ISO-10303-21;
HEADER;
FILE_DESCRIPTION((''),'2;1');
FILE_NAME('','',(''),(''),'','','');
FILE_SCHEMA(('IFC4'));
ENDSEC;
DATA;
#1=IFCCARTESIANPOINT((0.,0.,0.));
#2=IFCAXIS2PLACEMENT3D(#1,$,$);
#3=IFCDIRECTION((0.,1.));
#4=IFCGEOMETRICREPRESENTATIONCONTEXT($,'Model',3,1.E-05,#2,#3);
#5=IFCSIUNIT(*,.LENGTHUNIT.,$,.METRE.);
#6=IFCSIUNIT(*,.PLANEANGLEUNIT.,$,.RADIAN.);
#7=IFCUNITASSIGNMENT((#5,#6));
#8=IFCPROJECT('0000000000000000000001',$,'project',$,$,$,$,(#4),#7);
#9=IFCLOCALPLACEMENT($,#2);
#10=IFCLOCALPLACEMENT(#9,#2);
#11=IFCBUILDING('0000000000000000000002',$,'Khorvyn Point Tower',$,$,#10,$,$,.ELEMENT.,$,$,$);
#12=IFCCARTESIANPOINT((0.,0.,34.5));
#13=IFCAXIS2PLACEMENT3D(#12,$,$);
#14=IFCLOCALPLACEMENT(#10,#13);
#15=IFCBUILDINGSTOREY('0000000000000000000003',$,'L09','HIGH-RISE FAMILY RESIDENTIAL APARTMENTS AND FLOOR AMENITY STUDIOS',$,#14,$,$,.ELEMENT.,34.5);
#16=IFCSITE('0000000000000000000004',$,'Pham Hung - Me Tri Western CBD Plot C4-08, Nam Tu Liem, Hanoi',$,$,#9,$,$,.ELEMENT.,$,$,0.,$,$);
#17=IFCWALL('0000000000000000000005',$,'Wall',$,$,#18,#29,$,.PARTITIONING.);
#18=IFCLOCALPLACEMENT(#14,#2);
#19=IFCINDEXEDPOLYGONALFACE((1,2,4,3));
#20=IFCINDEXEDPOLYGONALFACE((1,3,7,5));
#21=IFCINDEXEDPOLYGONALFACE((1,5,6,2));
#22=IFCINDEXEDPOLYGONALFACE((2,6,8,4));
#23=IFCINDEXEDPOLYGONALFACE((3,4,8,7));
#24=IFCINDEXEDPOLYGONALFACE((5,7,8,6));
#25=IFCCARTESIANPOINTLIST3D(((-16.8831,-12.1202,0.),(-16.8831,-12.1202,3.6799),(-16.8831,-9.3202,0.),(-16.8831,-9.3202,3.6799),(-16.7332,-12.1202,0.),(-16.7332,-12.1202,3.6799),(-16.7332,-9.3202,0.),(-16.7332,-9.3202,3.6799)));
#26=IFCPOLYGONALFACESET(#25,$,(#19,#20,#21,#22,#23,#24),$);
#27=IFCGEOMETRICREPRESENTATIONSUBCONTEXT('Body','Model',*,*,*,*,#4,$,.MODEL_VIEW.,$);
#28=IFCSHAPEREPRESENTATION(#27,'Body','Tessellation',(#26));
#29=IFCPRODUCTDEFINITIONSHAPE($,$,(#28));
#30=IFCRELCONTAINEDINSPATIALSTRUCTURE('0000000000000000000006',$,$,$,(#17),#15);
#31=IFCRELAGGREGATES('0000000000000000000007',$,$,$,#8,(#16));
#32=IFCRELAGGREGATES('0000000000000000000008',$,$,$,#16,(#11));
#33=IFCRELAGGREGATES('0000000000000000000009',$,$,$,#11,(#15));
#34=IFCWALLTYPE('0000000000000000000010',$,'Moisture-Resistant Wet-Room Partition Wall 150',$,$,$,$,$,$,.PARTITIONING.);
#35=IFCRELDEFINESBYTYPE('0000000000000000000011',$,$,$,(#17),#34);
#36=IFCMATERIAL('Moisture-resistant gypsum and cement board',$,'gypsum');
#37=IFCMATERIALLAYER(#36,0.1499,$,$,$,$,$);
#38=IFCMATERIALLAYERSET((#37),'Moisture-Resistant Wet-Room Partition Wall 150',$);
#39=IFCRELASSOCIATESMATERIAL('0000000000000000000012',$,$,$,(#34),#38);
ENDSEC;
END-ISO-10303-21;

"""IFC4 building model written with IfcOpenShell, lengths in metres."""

from ifc_helpers import new_model, si_unit, direction, frame, frame_2d, origin, place, context, subcontext, project, spatial, rectangle, extrude, material, layer, layer_set, type_object, element, save


model = new_model("IFC4")

# Units and contexts
model_context = context("Model", 3, precision=1e-05, world=origin(), true_north=direction((0.0, 1.0)))
body_context = subcontext(model_context, "Body", "Model", "MODEL_VIEW")
ifc_project = project(units=[si_unit("LENGTHUNIT", "METRE"), si_unit("PLANEANGLEUNIT", "RADIAN")], contexts=[model_context])

# Site, building, storey
site_placement = place(None, origin())
site = spatial("IfcSite", under=ifc_project, at=site_placement, Name="Pham Hung - Me Tri Western CBD Plot C4-08, Nam Tu Liem, Hanoi", CompositionType="ELEMENT", RefElevation=0.0)
building_placement = place(site_placement, origin())
building = spatial("IfcBuilding", under=site, at=building_placement, Name="Khorvyn Point Tower", CompositionType="ELEMENT")
storey_placement = place(building_placement, frame((0.0, 0.0, 34.5)))
storey = spatial("IfcBuildingStorey", under=building, at=storey_placement, Name="L09", Description="HIGH-RISE FAMILY RESIDENTIAL APARTMENTS AND FLOOR AMENITY STUDIOS", CompositionType="ELEMENT", Elevation=34.5)

# Shared definitions
ifc_material_1 = material(Name="Moisture-resistant gypsum and cement board", Category="gypsum")
ifc_layer_1 = layer(ifc_material_1, 0.1499)
ifc_layer_set_1 = layer_set([ifc_layer_1], Name="Moisture-Resistant Wet-Room Partition Wall 150")
wall_type_1 = type_object("IfcWallType", Name="Moisture-Resistant Wet-Room Partition Wall 150", PredefinedType="PARTITIONING", material=ifc_layer_set_1)

# Wall
wall_1_placement = place(storey_placement, frame((-16.8081, -12.1201, 0.0), z_axis=(0.0, 0.0, 1.0), x_axis=(0.0, 1.0, 0.0)))
element("IfcWall", 1, at=wall_1_placement, inside=storey, type_object=wall_type_1, Name="Wall", PredefinedType="PARTITIONING", context=body_context, shape_type="SweptSolid", body=[
    extrude(rectangle(XDim=2.8, YDim=0.1499, at=frame_2d((1.3999, 0.0))), origin(), (0.0, 0.0, 1.0), 3.6799),
])

save(model, "model.ifc")
